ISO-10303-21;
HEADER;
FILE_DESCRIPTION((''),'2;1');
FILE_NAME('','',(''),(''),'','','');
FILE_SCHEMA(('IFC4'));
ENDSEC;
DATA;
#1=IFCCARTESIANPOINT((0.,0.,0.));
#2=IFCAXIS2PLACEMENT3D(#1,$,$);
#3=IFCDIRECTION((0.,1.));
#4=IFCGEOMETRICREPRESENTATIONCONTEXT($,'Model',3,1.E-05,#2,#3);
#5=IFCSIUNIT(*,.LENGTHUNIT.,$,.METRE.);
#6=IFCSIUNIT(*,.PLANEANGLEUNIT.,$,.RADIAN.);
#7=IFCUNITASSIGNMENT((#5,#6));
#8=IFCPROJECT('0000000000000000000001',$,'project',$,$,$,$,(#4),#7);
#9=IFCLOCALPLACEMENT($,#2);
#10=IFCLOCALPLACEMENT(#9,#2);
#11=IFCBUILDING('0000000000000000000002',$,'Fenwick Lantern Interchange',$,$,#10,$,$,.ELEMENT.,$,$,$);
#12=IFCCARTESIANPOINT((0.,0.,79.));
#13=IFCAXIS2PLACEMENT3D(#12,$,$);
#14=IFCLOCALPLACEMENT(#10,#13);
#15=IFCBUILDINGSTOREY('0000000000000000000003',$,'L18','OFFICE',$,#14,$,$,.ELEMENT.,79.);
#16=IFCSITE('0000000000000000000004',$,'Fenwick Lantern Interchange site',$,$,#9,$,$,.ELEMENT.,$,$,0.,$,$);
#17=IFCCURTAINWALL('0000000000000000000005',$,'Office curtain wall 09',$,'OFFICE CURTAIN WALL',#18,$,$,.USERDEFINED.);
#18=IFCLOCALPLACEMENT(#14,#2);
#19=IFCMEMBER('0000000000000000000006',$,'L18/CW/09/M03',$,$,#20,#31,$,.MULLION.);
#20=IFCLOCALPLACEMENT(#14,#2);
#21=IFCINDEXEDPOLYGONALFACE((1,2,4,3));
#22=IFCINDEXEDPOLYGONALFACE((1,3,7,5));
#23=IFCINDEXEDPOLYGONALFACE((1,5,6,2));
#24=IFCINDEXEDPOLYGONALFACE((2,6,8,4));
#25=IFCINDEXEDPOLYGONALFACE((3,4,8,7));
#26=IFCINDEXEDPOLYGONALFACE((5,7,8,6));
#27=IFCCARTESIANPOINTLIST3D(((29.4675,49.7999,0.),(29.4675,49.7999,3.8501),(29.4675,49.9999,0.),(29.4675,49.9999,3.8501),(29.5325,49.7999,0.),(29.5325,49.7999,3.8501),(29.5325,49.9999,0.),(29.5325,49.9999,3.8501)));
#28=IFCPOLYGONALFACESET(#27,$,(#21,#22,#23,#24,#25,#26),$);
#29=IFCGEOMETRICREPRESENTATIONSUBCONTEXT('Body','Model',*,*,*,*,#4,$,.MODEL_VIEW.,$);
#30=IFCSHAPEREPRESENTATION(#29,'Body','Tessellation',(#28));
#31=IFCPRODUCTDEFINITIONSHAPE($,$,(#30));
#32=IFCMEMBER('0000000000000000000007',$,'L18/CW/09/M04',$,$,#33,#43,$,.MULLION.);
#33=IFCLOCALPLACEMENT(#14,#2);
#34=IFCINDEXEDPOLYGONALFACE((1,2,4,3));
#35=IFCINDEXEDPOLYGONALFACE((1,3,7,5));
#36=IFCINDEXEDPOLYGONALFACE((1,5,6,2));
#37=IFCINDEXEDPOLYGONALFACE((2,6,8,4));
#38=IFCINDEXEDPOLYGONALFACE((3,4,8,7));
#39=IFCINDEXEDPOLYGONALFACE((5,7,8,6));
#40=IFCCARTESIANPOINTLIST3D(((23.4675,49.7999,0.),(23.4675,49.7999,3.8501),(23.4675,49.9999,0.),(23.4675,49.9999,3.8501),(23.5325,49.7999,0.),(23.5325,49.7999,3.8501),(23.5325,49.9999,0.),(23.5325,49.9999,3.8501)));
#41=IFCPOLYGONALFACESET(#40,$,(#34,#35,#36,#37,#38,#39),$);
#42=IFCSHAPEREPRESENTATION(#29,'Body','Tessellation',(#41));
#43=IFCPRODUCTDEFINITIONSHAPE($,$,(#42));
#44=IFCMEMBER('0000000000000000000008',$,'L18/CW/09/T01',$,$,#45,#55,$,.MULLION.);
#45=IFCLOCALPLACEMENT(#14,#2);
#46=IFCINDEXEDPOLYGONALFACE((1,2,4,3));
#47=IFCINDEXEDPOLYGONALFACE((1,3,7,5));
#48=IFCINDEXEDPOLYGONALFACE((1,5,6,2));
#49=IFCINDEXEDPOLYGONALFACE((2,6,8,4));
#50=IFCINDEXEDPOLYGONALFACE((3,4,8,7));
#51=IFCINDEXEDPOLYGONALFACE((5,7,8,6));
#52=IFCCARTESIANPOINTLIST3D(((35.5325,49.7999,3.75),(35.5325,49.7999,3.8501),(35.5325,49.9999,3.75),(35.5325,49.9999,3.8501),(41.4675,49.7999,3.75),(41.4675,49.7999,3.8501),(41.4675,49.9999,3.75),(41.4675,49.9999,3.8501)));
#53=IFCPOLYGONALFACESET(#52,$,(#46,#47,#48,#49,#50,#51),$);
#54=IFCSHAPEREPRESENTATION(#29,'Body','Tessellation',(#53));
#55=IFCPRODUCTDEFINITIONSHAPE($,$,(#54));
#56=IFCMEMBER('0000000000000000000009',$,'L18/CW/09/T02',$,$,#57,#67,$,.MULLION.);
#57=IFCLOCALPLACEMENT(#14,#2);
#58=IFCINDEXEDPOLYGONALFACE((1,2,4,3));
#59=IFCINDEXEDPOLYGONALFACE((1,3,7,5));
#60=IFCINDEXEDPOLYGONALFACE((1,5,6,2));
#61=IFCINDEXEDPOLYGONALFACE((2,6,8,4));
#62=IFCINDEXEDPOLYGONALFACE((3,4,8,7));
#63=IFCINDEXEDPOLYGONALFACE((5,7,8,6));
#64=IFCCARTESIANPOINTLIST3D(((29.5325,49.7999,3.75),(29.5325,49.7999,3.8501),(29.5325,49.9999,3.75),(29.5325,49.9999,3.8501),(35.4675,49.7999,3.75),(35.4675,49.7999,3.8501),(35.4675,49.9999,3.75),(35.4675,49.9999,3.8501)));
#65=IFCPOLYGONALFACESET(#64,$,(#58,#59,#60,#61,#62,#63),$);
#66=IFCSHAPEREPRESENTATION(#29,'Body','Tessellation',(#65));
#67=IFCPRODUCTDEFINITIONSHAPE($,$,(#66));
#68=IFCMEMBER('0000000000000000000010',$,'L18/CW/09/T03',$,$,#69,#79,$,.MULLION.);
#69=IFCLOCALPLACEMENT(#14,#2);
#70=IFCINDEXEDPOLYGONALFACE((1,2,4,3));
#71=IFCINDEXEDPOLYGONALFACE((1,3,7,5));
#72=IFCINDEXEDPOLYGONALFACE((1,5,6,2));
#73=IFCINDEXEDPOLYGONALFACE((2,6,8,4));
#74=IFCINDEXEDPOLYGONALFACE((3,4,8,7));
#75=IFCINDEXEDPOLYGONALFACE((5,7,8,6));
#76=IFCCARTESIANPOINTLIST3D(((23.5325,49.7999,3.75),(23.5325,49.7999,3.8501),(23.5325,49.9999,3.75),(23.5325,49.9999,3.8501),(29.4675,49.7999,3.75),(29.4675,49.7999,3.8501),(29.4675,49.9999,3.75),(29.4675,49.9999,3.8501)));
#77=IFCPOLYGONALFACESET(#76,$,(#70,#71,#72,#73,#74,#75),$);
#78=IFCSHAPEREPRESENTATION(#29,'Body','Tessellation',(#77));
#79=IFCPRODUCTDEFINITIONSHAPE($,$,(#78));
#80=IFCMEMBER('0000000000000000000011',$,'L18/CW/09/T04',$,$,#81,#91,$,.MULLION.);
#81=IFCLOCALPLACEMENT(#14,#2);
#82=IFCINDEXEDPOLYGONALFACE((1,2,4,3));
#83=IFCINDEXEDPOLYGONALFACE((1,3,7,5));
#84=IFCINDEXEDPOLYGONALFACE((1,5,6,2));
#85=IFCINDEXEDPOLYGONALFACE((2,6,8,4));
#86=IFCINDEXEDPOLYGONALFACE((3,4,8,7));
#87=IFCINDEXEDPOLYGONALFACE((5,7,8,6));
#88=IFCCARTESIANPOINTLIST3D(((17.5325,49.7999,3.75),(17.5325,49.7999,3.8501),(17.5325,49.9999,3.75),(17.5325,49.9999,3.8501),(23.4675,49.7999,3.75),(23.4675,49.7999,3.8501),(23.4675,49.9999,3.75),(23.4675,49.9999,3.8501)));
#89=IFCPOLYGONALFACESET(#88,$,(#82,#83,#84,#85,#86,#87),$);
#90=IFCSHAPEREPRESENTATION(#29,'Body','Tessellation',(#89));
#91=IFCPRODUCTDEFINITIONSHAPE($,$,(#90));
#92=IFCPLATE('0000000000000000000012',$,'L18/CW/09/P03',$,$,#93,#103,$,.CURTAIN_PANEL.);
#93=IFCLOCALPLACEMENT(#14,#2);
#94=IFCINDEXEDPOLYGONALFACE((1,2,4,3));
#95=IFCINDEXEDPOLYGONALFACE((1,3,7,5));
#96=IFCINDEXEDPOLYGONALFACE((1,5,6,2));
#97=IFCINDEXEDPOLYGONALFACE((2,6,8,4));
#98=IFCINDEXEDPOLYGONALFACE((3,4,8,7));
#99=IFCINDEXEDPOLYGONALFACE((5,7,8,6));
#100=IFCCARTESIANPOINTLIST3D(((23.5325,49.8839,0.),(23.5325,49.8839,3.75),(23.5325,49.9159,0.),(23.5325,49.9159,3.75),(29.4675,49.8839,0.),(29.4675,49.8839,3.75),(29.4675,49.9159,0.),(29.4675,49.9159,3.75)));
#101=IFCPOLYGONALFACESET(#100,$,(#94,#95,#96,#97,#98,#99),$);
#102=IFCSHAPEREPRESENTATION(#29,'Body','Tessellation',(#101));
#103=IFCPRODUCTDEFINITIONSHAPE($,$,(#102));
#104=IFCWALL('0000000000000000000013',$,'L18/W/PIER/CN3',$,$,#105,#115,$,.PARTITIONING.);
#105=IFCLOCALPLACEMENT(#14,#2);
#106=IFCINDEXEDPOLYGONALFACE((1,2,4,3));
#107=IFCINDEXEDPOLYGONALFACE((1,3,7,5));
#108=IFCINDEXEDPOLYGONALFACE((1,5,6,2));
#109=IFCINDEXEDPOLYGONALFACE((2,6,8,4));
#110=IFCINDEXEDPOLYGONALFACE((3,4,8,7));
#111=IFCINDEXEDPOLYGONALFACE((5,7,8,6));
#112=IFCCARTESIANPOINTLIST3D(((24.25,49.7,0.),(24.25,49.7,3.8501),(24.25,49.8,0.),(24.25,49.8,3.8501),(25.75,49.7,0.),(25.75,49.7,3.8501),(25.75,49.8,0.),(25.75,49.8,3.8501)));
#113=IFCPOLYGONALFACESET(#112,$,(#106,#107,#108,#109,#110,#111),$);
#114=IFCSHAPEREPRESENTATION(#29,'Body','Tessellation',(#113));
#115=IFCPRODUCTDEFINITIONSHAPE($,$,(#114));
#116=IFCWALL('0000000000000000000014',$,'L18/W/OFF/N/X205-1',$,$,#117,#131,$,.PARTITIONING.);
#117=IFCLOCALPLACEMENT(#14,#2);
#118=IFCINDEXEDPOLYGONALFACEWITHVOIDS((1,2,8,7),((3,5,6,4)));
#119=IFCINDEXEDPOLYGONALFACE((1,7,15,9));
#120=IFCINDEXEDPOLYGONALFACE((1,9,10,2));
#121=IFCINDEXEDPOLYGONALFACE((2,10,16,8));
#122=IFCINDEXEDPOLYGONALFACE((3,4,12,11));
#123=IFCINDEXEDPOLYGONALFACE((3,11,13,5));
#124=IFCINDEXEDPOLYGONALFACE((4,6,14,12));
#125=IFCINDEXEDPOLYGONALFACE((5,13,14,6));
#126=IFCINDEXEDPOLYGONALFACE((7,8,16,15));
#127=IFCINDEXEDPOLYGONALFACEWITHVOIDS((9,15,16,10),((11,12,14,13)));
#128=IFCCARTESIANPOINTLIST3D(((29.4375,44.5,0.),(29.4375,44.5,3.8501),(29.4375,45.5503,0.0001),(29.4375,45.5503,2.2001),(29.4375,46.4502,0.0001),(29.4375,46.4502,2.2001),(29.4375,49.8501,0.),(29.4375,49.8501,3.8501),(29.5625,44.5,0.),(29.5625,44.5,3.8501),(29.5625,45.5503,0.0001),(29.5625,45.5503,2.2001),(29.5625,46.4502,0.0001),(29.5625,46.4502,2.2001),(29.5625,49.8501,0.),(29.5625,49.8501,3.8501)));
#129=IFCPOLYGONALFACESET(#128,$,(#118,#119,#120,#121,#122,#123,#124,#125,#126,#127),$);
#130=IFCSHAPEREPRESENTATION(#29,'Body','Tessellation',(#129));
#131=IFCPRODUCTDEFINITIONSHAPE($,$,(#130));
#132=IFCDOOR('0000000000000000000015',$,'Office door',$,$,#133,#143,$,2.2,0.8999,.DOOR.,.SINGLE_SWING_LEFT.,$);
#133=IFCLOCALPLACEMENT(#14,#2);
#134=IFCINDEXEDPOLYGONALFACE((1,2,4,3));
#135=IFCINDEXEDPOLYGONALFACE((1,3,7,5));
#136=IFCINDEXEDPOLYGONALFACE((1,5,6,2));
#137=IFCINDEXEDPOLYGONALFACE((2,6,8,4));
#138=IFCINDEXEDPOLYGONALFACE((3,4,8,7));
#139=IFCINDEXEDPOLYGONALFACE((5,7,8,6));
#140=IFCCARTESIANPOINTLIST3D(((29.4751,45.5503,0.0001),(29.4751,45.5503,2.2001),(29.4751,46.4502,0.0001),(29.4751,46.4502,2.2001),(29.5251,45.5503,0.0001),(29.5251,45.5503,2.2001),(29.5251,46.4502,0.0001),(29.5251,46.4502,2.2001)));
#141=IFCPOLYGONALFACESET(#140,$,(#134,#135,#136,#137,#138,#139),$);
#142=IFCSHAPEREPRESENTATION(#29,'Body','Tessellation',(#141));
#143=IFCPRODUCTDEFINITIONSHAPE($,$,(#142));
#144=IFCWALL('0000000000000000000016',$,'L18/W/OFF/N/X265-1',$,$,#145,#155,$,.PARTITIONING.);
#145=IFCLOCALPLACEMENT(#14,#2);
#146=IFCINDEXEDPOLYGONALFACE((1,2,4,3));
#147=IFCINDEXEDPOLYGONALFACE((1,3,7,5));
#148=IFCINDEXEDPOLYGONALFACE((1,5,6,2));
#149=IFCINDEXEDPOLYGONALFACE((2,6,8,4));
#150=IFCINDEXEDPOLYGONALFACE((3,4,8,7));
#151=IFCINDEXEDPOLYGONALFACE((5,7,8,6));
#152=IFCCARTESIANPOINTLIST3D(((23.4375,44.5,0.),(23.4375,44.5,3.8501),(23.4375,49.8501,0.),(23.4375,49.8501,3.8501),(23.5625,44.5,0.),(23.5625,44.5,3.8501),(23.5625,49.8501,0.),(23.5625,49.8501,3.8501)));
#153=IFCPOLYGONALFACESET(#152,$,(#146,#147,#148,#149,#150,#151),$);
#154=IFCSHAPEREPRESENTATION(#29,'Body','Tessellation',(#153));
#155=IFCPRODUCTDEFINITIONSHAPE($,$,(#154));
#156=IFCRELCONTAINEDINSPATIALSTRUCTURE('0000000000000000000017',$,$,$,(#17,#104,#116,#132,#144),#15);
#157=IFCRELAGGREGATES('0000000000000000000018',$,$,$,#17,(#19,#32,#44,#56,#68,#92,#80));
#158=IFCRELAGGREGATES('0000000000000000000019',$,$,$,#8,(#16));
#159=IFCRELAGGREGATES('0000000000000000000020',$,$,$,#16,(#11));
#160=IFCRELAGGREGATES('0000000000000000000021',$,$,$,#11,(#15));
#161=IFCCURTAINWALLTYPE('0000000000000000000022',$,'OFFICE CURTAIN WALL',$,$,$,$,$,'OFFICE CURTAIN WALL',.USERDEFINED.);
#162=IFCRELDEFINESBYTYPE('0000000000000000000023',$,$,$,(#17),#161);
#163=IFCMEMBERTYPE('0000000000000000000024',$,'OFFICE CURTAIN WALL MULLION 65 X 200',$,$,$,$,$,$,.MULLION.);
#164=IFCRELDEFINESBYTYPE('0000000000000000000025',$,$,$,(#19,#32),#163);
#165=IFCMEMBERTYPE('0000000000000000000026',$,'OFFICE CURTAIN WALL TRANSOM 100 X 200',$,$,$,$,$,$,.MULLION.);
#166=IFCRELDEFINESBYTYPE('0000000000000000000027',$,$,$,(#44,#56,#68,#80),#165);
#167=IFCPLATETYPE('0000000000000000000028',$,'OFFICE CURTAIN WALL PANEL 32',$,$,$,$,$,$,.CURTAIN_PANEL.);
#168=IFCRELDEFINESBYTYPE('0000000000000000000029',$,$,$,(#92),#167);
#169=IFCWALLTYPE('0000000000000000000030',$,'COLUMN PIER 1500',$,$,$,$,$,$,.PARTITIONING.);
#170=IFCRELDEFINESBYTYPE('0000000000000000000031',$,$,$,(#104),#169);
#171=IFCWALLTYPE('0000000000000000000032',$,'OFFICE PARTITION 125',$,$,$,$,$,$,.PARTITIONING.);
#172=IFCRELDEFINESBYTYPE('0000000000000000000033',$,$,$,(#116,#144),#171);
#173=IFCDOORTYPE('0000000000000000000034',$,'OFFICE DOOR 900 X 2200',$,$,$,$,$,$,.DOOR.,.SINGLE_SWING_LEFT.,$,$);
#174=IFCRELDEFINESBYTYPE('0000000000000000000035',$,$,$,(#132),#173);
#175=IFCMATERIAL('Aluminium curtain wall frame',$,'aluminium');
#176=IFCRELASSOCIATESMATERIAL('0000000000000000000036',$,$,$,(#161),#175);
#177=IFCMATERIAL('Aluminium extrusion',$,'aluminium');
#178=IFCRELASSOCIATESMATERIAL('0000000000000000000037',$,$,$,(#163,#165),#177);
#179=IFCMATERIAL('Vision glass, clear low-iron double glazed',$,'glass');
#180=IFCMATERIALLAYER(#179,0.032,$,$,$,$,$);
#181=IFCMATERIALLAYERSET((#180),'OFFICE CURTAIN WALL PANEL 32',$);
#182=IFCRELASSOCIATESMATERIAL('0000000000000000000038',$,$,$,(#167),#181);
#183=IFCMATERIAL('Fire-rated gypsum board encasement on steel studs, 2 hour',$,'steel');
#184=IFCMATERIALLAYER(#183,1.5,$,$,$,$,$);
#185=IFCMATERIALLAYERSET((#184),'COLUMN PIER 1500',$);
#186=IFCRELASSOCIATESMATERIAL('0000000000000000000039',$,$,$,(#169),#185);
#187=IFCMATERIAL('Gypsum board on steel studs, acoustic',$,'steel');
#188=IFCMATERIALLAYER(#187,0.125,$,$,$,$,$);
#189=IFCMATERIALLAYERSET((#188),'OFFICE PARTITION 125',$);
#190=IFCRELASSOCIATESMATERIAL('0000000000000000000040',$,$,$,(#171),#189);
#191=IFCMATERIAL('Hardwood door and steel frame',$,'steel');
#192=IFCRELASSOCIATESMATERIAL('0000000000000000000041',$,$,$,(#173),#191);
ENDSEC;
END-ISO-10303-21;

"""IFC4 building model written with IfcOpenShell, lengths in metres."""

from ifc_helpers import new_model, si_unit, direction, frame, frame_2d, origin, origin_2d, place, context, subcontext, project, spatial, rectangle, extrude, material, layer, layer_set, material_profile, profile_set, type_object, element, fill, aggregate, save


model = new_model("IFC4")

# Units and contexts
model_context = context("Model", 3, precision=1e-05, world=origin(), true_north=direction((0.0, 1.0)))
body_context = subcontext(model_context, "Body", "Model", "MODEL_VIEW")
ifc_project = project(units=[si_unit("LENGTHUNIT", "METRE"), si_unit("PLANEANGLEUNIT", "RADIAN")], contexts=[model_context])

# Site, building, storey
site_placement = place(None, origin())
site = spatial("IfcSite", under=ifc_project, at=site_placement, Name="Fenwick Lantern Interchange site", CompositionType="ELEMENT", RefElevation=0.0)
building_placement = place(site_placement, origin())
building = spatial("IfcBuilding", under=site, at=building_placement, Name="Fenwick Lantern Interchange", CompositionType="ELEMENT")
storey_placement = place(building_placement, frame((0.0, 0.0, 79.0)))
storey = spatial("IfcBuildingStorey", under=building, at=storey_placement, Name="L18", Description="OFFICE", CompositionType="ELEMENT", Elevation=79.0)

# Curtain wall, members, plate
ifc_material_1 = material(Name="Aluminium curtain wall frame", Category="aluminium")
curtain_wall_type = type_object("IfcCurtainWallType", Name="OFFICE CURTAIN WALL", ElementType="OFFICE CURTAIN WALL", PredefinedType="USERDEFINED", material=ifc_material_1)
curtain_wall_placement = place(storey_placement, origin())
curtain_wall = element("IfcCurtainWall", 1, at=curtain_wall_placement, inside=storey, type_object=curtain_wall_type, Name="Office curtain wall 09", ObjectType="OFFICE CURTAIN WALL", PredefinedType="USERDEFINED")
ifc_material_2 = material(Name="Aluminium extrusion", Category="aluminium")
ifc_material_profile_1 = material_profile(ifc_material_2, rectangle(XDim=0.2, YDim=0.0649, at=origin_2d()), Name="OFFICE CURTAIN WALL MULLION 65 X 200")
ifc_profile_set_1 = profile_set([ifc_material_profile_1], Name="Aluminium extrusion")
member_type_1 = type_object("IfcMemberType", Name="OFFICE CURTAIN WALL MULLION 65 X 200", PredefinedType="MULLION", material=ifc_profile_set_1)
member_1_placement = place(storey_placement, frame((29.5, 49.8999, 0.0), z_axis=(0.0, 0.0, 1.0), x_axis=(0.0, -1.0, 0.0)))
member_1 = element("IfcMember", 2, at=member_1_placement, type_object=member_type_1, Name="L18/CW/09/M03", PredefinedType="MULLION", context=body_context, shape_type="SweptSolid", body=[
    extrude(rectangle(XDim=0.2, YDim=0.0649, at=origin_2d()), origin(), (0.0, 0.0, 1.0), 3.8501),
])
member_2_placement = place(storey_placement, frame((23.5, 49.8999, 0.0), z_axis=(0.0, 0.0, 1.0), x_axis=(0.0, -1.0, 0.0)))
member_2 = element("IfcMember", 3, at=member_2_placement, type_object=member_type_1, Name="L18/CW/09/M04", PredefinedType="MULLION", context=body_context, shape_type="SweptSolid", body=[
    extrude(rectangle(XDim=0.2, YDim=0.0649, at=origin_2d()), origin(), (0.0, 0.0, 1.0), 3.8501),
])
ifc_material_profile_2 = material_profile(ifc_material_2, rectangle(XDim=0.2, YDim=0.1001, at=origin_2d()), Name="OFFICE CURTAIN WALL TRANSOM 100 X 200")
ifc_profile_set_2 = profile_set([ifc_material_profile_2], Name="Aluminium extrusion")
member_type_2 = type_object("IfcMemberType", Name="OFFICE CURTAIN WALL TRANSOM 100 X 200", PredefinedType="MULLION", material=ifc_profile_set_2)
member_3_placement = place(storey_placement, frame((41.4675, 49.8999, 3.8), z_axis=(-1.0, 0.0, 0.0), x_axis=(0.0, -1.0, 0.0)))
member_3 = element("IfcMember", 4, at=member_3_placement, type_object=member_type_2, Name="L18/CW/09/T01", PredefinedType="MULLION", context=body_context, shape_type="SweptSolid", body=[
    extrude(rectangle(XDim=0.2, YDim=0.1001, at=origin_2d()), origin(), (0.0, 0.0, 1.0), 5.9351),
])
member_4_placement = place(storey_placement, frame((35.4675, 49.8999, 3.8), z_axis=(-1.0, 0.0, 0.0), x_axis=(0.0, -1.0, 0.0)))
member_4 = element("IfcMember", 5, at=member_4_placement, type_object=member_type_2, Name="L18/CW/09/T02", PredefinedType="MULLION", context=body_context, shape_type="SweptSolid", body=[
    extrude(rectangle(XDim=0.2, YDim=0.1001, at=origin_2d()), origin(), (0.0, 0.0, 1.0), 5.9351),
])
member_5_placement = place(storey_placement, frame((29.4675, 49.8999, 3.8), z_axis=(-1.0, 0.0, 0.0), x_axis=(0.0, -1.0, 0.0)))
member_5 = element("IfcMember", 6, at=member_5_placement, type_object=member_type_2, Name="L18/CW/09/T03", PredefinedType="MULLION", context=body_context, shape_type="SweptSolid", body=[
    extrude(rectangle(XDim=0.2, YDim=0.1001, at=origin_2d()), origin(), (0.0, 0.0, 1.0), 5.9351),
])
member_6_placement = place(storey_placement, frame((23.4675, 49.8999, 3.8), z_axis=(-1.0, 0.0, 0.0), x_axis=(0.0, -1.0, 0.0)))
member_6 = element("IfcMember", 7, at=member_6_placement, type_object=member_type_2, Name="L18/CW/09/T04", PredefinedType="MULLION", context=body_context, shape_type="SweptSolid", body=[
    extrude(rectangle(XDim=0.2, YDim=0.1001, at=origin_2d()), origin(), (0.0, 0.0, 1.0), 5.9351),
])
ifc_material_3 = material(Name="Vision glass, clear low-iron double glazed", Category="glass")
ifc_layer_1 = layer(ifc_material_3, 0.032)
ifc_layer_set_1 = layer_set([ifc_layer_1], Name="OFFICE CURTAIN WALL PANEL 32")
plate_type = type_object("IfcPlateType", Name="OFFICE CURTAIN WALL PANEL 32", PredefinedType="CURTAIN_PANEL", material=ifc_layer_set_1)
plate_placement = place(storey_placement, frame((26.5, 49.8999, 0.0), z_axis=(0.0, 0.0, 1.0), x_axis=(-1.0, 0.0, 0.0)))
plate = element("IfcPlate", 8, at=plate_placement, type_object=plate_type, Name="L18/CW/09/P03", PredefinedType="CURTAIN_PANEL", context=body_context, shape_type="SweptSolid", body=[
    extrude(rectangle(XDim=5.9351, YDim=0.032, at=origin_2d()), origin(), (0.0, 0.0, 1.0), 3.75),
])
aggregate(curtain_wall, [member_1, member_2, member_3, member_4, member_5, plate, member_6])

# Wall
ifc_material_4 = material(Name="Fire-rated gypsum board encasement on steel studs, 2 hour", Category="steel")
ifc_layer_2 = layer(ifc_material_4, 1.5)
ifc_layer_set_2 = layer_set([ifc_layer_2], Name="COLUMN PIER 1500")
wall_type_1 = type_object("IfcWallType", Name="COLUMN PIER 1500", PredefinedType="PARTITIONING", material=ifc_layer_set_2)
wall_1_placement = place(storey_placement, frame((25.0, 49.8, 0.0), z_axis=(0.0, 0.0, 1.0), x_axis=(0.0, -1.0, 0.0)))
element("IfcWall", 9, at=wall_1_placement, inside=storey, type_object=wall_type_1, Name="L18/W/PIER/CN3", PredefinedType="PARTITIONING", context=body_context, shape_type="SweptSolid", body=[
    extrude(rectangle(XDim=0.1001, YDim=1.5, at=frame_2d((0.05, 0.0))), origin(), (0.0, 0.0, 1.0), 3.8501),
])

# Wall, opening, door
ifc_material_5 = material(Name="Gypsum board on steel studs, acoustic", Category="steel")
ifc_layer_3 = layer(ifc_material_5, 0.125)
ifc_layer_set_3 = layer_set([ifc_layer_3], Name="OFFICE PARTITION 125")
wall_type_2 = type_object("IfcWallType", Name="OFFICE PARTITION 125", PredefinedType="PARTITIONING", material=ifc_layer_set_3)
wall_2_placement = place(storey_placement, frame((29.5, 49.8501, 0.0), z_axis=(0.0, 0.0, 1.0), x_axis=(0.0, -1.0, 0.0)))
wall_2 = element("IfcWall", 10, at=wall_2_placement, inside=storey, type_object=wall_type_2, Name="L18/W/OFF/N/X205-1", PredefinedType="PARTITIONING", context=body_context, shape_type="SweptSolid", body=[
    extrude(rectangle(XDim=5.3501, YDim=0.125, at=frame_2d((2.675, 0.0))), origin(), (0.0, 0.0, 1.0), 3.8501),
])
opening_1_placement = place(wall_2_placement, frame((3.3999, 0.0, 0.0)))
opening_1 = element("IfcOpeningElement", 11, at=opening_1_placement, cuts=wall_2, PredefinedType="OPENING", context=body_context, shape_type="SweptSolid", body=[
    extrude(rectangle(XDim=0.8999, YDim=2.2, at=frame_2d((0.45, 1.1001))), frame((0.0, 0.0725, 0.0), z_axis=(0.0, -1.0, 0.0), x_axis=(1.0, 0.0, 0.0)), (0.0, 0.0, 1.0), 0.145),
])
ifc_material_6 = material(Name="Hardwood door and steel frame", Category="steel")
door_type_1 = type_object("IfcDoorType", Name="OFFICE DOOR 900 X 2200", OperationType="SINGLE_SWING_LEFT", PredefinedType="DOOR", material=ifc_material_6)
door_1_placement = place(opening_1_placement, frame((0.8999, 0.0, 0.0), z_axis=(0.0, 0.0, 1.0), x_axis=(-1.0, 0.0, 0.0)))
door_1 = element("IfcDoor", 12, at=door_1_placement, inside=storey, type_object=door_type_1, Name="Office door", OperationType="SINGLE_SWING_LEFT", OverallHeight=2.2, OverallWidth=0.8999, PredefinedType="DOOR", context=body_context, shape_type="SweptSolid", body=[
    extrude(rectangle(XDim=0.8999, YDim=2.2, at=frame_2d((0.45, 1.1001))), frame((0.0, 0.0249, 0.0), z_axis=(0.0, -1.0, 0.0), x_axis=(1.0, 0.0, 0.0)), (0.0, 0.0, 1.0), 0.05),
])
fill(opening_1, door_1)

# Wall
wall_3_placement = place(storey_placement, frame((23.5, 49.8501, 0.0), z_axis=(0.0, 0.0, 1.0), x_axis=(0.0, -1.0, 0.0)))
element("IfcWall", 13, at=wall_3_placement, inside=storey, type_object=wall_type_2, Name="L18/W/OFF/N/X265-1", PredefinedType="PARTITIONING", context=body_context, shape_type="SweptSolid", body=[
    extrude(rectangle(XDim=5.3501, YDim=0.125, at=frame_2d((2.675, 0.0))), origin(), (0.0, 0.0, 1.0), 3.8501),
])

save(model, "model.ifc")
